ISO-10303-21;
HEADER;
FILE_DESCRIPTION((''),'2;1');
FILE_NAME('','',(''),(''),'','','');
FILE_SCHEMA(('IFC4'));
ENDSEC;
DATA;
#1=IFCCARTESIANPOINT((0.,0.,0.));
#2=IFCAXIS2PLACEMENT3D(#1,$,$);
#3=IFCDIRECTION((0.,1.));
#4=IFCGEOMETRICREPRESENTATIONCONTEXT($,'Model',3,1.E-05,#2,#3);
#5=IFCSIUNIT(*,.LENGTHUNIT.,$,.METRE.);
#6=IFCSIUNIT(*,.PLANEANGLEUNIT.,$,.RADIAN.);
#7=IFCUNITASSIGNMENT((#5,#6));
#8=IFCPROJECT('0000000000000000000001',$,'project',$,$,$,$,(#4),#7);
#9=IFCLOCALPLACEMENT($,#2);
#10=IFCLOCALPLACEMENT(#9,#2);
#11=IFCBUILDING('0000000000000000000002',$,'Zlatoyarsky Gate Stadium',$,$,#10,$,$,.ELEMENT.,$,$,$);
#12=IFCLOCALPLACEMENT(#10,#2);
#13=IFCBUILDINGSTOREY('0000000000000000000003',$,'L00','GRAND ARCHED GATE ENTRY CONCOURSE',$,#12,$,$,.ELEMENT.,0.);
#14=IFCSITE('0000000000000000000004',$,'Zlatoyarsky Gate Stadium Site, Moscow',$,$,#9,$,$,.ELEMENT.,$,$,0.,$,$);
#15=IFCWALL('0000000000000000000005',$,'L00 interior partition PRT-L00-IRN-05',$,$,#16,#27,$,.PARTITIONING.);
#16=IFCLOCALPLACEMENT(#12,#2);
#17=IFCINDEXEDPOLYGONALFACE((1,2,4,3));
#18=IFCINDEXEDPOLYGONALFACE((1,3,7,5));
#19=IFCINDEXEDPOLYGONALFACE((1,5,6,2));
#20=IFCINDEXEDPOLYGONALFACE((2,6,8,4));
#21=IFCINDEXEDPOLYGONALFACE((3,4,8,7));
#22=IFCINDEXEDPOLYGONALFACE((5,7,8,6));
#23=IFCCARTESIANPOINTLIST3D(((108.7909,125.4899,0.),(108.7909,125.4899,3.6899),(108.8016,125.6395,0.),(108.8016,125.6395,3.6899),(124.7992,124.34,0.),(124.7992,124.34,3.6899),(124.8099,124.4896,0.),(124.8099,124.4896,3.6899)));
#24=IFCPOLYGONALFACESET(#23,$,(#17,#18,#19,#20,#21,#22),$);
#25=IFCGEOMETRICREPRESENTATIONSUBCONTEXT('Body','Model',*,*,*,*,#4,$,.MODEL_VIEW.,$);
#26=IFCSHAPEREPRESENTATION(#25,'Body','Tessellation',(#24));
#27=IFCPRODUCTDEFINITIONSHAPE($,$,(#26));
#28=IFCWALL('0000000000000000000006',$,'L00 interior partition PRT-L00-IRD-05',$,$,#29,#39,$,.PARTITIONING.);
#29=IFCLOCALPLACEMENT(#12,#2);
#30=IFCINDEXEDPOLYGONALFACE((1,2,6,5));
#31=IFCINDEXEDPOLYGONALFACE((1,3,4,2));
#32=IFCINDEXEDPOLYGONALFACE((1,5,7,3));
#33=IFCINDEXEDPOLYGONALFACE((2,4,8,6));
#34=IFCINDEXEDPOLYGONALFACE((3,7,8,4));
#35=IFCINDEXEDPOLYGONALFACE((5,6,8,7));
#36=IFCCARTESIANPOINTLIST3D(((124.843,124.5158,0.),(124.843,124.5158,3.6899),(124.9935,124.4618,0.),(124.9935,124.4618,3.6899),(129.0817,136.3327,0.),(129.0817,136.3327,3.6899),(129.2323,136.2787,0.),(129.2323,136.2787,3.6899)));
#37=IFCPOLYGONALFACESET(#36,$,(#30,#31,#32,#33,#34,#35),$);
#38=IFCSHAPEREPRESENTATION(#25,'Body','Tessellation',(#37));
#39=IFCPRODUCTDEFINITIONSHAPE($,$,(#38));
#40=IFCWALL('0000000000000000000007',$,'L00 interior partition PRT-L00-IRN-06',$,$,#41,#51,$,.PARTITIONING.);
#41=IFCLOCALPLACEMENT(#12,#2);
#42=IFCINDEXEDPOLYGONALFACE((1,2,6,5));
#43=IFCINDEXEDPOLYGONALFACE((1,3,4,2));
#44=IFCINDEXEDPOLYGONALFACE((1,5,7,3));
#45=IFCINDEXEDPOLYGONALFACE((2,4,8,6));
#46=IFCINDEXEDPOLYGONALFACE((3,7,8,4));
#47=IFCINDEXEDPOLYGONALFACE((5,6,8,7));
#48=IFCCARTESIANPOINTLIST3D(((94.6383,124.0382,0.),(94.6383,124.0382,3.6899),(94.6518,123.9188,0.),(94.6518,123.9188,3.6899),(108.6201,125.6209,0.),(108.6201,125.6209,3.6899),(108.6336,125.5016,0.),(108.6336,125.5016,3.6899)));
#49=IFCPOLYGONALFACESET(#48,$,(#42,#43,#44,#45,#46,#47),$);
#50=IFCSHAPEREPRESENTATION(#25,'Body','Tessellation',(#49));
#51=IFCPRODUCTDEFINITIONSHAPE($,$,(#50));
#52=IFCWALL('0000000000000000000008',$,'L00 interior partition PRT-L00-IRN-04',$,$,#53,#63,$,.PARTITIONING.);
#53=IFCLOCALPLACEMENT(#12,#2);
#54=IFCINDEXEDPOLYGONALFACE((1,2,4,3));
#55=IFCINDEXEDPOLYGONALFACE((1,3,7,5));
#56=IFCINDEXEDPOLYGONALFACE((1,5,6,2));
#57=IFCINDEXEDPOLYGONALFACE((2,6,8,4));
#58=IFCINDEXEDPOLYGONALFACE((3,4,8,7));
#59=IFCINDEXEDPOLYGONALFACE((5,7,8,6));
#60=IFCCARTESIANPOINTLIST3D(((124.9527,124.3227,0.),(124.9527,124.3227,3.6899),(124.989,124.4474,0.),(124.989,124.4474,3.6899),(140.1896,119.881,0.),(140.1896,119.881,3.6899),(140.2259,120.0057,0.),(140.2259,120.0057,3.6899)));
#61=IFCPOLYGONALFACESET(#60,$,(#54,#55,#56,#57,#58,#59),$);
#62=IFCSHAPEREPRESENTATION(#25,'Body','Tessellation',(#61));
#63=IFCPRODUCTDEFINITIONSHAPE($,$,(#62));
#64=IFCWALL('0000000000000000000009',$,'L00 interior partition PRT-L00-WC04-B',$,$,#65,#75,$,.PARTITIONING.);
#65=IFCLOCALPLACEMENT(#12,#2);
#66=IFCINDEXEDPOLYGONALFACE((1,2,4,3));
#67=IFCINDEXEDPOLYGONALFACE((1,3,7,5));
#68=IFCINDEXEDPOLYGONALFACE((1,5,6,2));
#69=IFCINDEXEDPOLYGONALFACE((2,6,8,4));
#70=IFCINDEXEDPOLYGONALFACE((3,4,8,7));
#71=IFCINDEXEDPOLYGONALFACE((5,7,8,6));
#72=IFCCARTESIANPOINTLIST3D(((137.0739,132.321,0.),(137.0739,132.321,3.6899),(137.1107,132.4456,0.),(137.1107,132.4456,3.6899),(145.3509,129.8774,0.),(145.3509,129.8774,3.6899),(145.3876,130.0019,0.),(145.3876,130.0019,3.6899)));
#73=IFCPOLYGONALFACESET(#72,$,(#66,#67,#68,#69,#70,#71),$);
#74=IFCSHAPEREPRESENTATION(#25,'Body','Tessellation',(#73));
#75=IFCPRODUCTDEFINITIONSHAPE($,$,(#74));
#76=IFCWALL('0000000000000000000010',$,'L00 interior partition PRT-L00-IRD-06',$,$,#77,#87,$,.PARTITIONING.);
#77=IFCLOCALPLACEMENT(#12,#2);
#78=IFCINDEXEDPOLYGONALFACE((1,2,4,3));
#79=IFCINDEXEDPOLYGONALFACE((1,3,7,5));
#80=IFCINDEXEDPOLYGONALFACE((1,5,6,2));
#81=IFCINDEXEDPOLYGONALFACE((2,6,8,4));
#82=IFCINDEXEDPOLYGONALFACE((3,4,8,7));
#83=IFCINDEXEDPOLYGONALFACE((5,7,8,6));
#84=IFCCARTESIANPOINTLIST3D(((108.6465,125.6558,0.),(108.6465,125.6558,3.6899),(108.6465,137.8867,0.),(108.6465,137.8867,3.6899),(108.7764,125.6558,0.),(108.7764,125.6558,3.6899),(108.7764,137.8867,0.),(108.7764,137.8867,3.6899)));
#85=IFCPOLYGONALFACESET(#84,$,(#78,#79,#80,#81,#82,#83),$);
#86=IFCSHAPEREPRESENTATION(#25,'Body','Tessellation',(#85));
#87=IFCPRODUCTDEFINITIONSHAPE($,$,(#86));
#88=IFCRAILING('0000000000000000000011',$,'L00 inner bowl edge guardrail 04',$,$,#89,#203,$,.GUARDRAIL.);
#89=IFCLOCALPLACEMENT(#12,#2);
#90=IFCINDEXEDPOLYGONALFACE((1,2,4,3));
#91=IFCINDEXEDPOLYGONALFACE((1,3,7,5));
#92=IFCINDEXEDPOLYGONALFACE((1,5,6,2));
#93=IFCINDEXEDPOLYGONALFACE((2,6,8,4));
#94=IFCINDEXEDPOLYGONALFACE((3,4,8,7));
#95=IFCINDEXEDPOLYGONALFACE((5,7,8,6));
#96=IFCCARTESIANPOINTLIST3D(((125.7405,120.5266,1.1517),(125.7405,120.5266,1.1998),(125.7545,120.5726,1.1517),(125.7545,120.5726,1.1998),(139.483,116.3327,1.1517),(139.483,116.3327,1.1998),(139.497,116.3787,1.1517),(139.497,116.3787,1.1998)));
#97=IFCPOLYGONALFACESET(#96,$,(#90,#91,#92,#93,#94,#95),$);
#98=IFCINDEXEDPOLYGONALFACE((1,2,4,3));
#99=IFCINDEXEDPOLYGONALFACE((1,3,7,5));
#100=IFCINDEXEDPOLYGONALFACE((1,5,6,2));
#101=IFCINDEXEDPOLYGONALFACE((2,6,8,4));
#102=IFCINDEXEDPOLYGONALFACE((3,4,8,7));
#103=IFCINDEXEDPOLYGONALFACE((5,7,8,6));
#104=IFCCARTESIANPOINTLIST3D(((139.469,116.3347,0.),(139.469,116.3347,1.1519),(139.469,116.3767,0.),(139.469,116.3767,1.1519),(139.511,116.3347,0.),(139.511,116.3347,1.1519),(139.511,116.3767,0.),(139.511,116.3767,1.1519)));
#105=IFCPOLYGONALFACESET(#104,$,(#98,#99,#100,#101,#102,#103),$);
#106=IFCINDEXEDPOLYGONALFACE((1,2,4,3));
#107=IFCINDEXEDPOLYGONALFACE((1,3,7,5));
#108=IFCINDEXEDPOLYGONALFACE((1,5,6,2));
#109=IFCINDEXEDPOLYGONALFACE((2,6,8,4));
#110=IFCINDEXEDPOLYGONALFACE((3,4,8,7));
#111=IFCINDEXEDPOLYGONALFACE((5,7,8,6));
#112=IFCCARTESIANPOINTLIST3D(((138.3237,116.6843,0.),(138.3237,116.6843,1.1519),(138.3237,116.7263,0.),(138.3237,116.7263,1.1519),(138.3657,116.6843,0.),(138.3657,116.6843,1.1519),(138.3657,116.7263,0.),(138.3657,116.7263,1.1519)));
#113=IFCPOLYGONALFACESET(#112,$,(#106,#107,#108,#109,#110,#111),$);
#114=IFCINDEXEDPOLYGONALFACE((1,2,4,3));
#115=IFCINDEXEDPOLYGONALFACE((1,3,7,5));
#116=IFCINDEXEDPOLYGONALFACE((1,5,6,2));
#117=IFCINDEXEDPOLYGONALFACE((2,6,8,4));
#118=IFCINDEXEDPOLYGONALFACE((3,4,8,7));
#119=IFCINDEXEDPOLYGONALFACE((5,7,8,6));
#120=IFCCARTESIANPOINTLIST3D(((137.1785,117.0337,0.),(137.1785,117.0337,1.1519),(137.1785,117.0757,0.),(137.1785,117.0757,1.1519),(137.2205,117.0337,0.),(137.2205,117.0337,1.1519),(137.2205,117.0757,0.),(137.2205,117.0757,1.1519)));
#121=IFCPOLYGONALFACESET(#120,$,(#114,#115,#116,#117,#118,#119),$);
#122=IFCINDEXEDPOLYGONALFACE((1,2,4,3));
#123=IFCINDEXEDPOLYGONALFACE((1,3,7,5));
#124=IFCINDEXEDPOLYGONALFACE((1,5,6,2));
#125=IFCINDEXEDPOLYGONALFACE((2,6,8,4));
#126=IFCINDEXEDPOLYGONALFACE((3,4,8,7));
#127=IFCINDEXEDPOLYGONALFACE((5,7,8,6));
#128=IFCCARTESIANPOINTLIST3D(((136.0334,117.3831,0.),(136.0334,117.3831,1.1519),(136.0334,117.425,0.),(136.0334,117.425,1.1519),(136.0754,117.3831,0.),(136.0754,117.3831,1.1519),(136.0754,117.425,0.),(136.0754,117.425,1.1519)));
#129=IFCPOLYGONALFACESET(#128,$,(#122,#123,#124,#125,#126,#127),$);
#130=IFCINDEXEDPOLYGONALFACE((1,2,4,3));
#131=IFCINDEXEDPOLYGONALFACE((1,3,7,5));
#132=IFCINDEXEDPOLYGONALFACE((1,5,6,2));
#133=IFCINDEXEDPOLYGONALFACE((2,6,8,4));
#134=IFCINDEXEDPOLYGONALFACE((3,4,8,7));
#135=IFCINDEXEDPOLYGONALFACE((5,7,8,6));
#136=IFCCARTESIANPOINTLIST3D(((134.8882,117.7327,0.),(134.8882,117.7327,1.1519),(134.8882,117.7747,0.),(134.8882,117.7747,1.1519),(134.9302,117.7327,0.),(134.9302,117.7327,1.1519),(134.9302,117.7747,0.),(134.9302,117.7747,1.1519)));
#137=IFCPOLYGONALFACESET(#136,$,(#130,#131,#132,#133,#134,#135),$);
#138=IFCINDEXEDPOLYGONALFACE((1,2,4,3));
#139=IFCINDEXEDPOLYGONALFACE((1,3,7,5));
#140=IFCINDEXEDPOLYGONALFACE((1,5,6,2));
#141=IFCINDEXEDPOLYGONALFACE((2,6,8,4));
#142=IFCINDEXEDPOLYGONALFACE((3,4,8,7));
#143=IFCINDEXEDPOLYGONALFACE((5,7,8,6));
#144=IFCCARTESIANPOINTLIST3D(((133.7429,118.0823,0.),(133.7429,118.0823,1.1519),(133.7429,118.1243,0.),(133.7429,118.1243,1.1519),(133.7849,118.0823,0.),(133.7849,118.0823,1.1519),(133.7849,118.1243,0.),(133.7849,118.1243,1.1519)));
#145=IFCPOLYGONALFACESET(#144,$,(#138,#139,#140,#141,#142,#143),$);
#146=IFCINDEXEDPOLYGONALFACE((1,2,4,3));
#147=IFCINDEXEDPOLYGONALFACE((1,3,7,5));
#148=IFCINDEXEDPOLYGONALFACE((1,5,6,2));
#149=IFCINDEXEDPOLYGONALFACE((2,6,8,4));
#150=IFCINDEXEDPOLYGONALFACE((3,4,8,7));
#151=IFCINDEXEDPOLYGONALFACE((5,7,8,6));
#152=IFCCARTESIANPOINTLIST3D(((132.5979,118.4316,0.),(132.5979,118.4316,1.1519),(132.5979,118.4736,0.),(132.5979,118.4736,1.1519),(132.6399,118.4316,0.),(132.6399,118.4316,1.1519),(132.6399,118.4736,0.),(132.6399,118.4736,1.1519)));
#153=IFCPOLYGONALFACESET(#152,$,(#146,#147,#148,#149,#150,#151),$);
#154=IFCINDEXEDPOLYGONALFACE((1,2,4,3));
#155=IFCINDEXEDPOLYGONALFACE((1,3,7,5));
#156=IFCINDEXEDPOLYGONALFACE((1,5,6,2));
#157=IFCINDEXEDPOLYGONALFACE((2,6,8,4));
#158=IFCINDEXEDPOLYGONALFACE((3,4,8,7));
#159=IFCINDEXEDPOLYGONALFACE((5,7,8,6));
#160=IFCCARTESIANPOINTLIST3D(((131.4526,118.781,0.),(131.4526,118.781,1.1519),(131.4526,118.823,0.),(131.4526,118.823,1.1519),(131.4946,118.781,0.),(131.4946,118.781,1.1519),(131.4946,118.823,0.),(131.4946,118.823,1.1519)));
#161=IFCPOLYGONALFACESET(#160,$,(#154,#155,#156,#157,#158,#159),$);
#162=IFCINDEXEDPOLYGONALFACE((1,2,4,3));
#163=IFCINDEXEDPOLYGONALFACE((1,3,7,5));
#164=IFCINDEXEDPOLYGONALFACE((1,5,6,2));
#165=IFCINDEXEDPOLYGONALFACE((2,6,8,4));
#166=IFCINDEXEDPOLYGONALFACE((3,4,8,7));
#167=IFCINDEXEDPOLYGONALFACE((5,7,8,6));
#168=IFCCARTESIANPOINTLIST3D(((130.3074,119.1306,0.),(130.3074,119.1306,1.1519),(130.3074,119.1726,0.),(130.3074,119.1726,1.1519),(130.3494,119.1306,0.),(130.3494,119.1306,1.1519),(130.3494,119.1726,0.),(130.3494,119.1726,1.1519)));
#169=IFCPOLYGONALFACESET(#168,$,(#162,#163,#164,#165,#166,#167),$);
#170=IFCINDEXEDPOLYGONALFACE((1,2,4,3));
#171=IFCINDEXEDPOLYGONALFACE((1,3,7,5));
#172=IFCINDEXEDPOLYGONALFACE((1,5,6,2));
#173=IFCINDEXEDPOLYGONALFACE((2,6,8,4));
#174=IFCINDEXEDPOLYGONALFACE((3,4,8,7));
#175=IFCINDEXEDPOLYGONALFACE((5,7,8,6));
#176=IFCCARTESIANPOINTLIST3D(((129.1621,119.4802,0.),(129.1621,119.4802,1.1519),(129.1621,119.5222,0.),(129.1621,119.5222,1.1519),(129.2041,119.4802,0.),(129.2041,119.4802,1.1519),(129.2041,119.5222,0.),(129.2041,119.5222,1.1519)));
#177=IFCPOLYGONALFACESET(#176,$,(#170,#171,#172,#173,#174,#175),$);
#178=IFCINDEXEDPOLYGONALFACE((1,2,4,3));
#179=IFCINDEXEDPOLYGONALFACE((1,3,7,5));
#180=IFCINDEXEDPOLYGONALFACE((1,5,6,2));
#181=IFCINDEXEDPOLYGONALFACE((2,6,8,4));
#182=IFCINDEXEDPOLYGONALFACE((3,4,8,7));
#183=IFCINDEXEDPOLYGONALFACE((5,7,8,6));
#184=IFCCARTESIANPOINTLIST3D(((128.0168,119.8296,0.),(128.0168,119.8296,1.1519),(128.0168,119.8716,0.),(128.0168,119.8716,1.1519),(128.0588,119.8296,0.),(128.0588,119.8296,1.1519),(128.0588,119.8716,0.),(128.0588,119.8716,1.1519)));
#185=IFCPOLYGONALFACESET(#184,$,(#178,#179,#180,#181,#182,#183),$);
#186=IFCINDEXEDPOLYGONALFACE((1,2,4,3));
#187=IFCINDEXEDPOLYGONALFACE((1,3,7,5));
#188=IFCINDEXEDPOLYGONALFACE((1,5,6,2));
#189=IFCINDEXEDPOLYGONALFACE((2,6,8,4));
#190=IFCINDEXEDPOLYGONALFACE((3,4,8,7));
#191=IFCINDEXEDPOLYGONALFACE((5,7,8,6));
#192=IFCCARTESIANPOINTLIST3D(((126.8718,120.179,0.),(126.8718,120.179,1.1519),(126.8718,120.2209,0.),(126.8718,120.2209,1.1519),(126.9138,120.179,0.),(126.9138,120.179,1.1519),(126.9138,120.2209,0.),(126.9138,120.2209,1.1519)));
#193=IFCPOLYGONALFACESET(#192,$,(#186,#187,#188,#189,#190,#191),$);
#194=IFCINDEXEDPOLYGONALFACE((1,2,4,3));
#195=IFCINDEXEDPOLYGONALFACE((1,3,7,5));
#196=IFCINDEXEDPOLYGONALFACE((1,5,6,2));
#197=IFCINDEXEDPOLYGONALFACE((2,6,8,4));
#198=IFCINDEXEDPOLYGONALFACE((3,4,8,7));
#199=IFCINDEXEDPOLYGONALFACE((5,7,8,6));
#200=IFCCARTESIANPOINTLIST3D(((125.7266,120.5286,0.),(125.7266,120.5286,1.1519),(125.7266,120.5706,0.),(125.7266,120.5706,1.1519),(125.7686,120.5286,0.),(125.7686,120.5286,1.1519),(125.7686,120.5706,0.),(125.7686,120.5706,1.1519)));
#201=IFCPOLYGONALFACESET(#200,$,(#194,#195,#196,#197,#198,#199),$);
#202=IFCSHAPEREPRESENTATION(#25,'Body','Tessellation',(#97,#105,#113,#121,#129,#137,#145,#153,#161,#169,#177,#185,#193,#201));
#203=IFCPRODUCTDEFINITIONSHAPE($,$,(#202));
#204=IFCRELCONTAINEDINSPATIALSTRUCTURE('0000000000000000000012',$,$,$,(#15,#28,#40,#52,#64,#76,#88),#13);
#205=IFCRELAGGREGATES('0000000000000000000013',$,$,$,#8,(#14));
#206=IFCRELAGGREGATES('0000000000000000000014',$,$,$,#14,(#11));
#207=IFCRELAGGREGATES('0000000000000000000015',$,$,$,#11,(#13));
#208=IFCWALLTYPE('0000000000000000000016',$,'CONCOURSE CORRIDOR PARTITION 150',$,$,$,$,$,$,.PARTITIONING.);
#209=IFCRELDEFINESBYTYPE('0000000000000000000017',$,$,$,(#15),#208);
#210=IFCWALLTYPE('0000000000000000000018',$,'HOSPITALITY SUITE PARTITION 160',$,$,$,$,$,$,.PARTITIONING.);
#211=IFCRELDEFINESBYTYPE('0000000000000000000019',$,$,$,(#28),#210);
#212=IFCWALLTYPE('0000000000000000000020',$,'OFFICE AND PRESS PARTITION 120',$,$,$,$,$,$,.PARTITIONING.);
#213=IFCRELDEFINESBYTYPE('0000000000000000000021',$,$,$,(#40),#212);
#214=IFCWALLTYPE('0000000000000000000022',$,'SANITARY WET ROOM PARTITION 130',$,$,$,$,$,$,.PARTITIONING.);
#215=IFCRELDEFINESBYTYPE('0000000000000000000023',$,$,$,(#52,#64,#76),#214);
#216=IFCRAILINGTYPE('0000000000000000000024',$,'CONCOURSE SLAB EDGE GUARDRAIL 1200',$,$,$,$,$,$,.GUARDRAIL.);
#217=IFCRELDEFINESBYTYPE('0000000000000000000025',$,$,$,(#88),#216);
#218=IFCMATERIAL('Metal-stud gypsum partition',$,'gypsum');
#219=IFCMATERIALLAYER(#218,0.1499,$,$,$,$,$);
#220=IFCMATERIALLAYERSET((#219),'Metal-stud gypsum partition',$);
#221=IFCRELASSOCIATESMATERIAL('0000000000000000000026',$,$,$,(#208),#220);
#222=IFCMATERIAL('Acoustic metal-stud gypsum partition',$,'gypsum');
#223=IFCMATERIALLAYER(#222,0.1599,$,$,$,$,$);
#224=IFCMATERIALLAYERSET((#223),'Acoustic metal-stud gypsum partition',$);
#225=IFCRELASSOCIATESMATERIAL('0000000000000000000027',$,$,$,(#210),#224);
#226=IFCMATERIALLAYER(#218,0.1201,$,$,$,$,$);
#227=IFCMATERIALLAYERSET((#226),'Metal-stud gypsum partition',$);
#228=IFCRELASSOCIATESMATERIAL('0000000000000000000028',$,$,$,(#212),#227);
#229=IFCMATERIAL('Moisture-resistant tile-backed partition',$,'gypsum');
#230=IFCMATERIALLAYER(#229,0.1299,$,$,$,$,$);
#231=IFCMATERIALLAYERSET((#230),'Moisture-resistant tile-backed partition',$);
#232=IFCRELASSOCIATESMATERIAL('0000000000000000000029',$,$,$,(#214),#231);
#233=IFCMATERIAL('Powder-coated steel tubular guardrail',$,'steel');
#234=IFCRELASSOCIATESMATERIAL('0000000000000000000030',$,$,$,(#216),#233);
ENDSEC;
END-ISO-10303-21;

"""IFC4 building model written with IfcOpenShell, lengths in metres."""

from ifc_helpers import new_model, si_unit, direction, frame, frame_2d, origin, origin_2d, place, context, subcontext, project, spatial, rectangle, extrude, material, layer, layer_set, type_object, element, save


model = new_model("IFC4")

# Units and contexts
model_context = context("Model", 3, precision=1e-05, world=origin(), true_north=direction((0.0, 1.0)))
body_context = subcontext(model_context, "Body", "Model", "MODEL_VIEW")
ifc_project = project(units=[si_unit("LENGTHUNIT", "METRE"), si_unit("PLANEANGLEUNIT", "RADIAN")], contexts=[model_context])

# Site, building, storey
site_placement = place(None, origin())
site = spatial("IfcSite", under=ifc_project, at=site_placement, Name="Zlatoyarsky Gate Stadium Site, Moscow", CompositionType="ELEMENT", RefElevation=0.0)
building_placement = place(site_placement, origin())
building = spatial("IfcBuilding", under=site, at=building_placement, Name="Zlatoyarsky Gate Stadium", CompositionType="ELEMENT")
storey_placement = place(building_placement, origin())
storey = spatial("IfcBuildingStorey", under=building, at=storey_placement, Name="L00", Description="GRAND ARCHED GATE ENTRY CONCOURSE", CompositionType="ELEMENT", Elevation=0.0)

# Walls
ifc_material_1 = material(Name="Metal-stud gypsum partition", Category="gypsum")
ifc_layer_1 = layer(ifc_material_1, 0.1499)
ifc_layer_set_1 = layer_set([ifc_layer_1], Name="Metal-stud gypsum partition")
wall_type_1 = type_object("IfcWallType", Name="CONCOURSE CORRIDOR PARTITION 150", PredefinedType="PARTITIONING", material=ifc_layer_set_1)
wall_1_placement = place(storey_placement, frame((124.8047, 124.4148, 0.0), z_axis=(0.0, 0.0, 1.0), x_axis=(-0.99743, 0.071647, 0.0)))
element("IfcWall", 1, at=wall_1_placement, inside=storey, type_object=wall_type_1, Name="L00 interior partition PRT-L00-IRN-05", PredefinedType="PARTITIONING", context=body_context, shape_type="SweptSolid", body=[
    extrude(rectangle(XDim=16.0496, YDim=0.1499, at=frame_2d((8.0249, 0.0))), origin(), (0.0, 0.0, 1.0), 3.6899),
])
ifc_material_2 = material(Name="Acoustic metal-stud gypsum partition", Category="gypsum")
ifc_layer_2 = layer(ifc_material_2, 0.1599)
ifc_layer_set_2 = layer_set([ifc_layer_2], Name="Acoustic metal-stud gypsum partition")
wall_type_2 = type_object("IfcWallType", Name="HOSPITALITY SUITE PARTITION 160", PredefinedType="PARTITIONING", material=ifc_layer_set_2)
wall_2_placement = place(storey_placement, frame((124.9182, 124.4888, 0.0), z_axis=(0.0, 0.0, 1.0), x_axis=(0.337639, 0.941276, 0.0)))
element("IfcWall", 2, at=wall_2_placement, inside=storey, type_object=wall_type_2, Name="L00 interior partition PRT-L00-IRD-05", PredefinedType="PARTITIONING", context=body_context, shape_type="SweptSolid", body=[
    extrude(rectangle(XDim=12.5542, YDim=0.1599, at=frame_2d((6.2771, 0.0))), origin(), (0.0, 0.0, 1.0), 3.6899),
])
ifc_layer_3 = layer(ifc_material_1, 0.1201)
ifc_layer_set_3 = layer_set([ifc_layer_3], Name="Metal-stud gypsum partition")
wall_type_3 = type_object("IfcWallType", Name="OFFICE AND PRESS PARTITION 120", PredefinedType="PARTITIONING", material=ifc_layer_set_3)
wall_3_placement = place(storey_placement, frame((108.627, 125.5613, 0.0), z_axis=(0.0, 0.0, 1.0), x_axis=(-0.993654, -0.112484, 0.0)))
element("IfcWall", 3, at=wall_3_placement, inside=storey, type_object=wall_type_3, Name="L00 interior partition PRT-L00-IRN-06", PredefinedType="PARTITIONING", context=body_context, shape_type="SweptSolid", body=[
    extrude(rectangle(XDim=14.071, YDim=0.1201, at=frame_2d((7.0356, 0.0))), origin(), (0.0, 0.0, 1.0), 3.6899),
])
ifc_material_3 = material(Name="Moisture-resistant tile-backed partition", Category="gypsum")
ifc_layer_4 = layer(ifc_material_3, 0.1299)
ifc_layer_set_4 = layer_set([ifc_layer_4], Name="Moisture-resistant tile-backed partition")
wall_type_4 = type_object("IfcWallType", Name="SANITARY WET ROOM PARTITION 130", PredefinedType="PARTITIONING", material=ifc_layer_set_4)
wall_4_placement = place(storey_placement, frame((140.2078, 119.9434, 0.0), z_axis=(0.0, 0.0, 1.0), x_axis=(-0.960041, 0.279859, 0.0)))
element("IfcWall", 4, at=wall_4_placement, inside=storey, type_object=wall_type_4, Name="L00 interior partition PRT-L00-IRN-04", PredefinedType="PARTITIONING", context=body_context, shape_type="SweptSolid", body=[
    extrude(rectangle(XDim=15.8711, YDim=0.1299, at=frame_2d((7.9355, 0.0))), origin(), (0.0, 0.0, 1.0), 3.6899),
])
wall_5_placement = place(storey_placement, frame((145.3691, 129.9397, 0.0), z_axis=(0.0, 0.0, 1.0), x_axis=(-0.959075, 0.283151, 0.0)))
element("IfcWall", 5, at=wall_5_placement, inside=storey, type_object=wall_type_4, Name="L00 interior partition PRT-L00-WC04-B", PredefinedType="PARTITIONING", context=body_context, shape_type="SweptSolid", body=[
    extrude(rectangle(XDim=8.6301, YDim=0.1299, at=frame_2d((4.3149, 0.0))), origin(), (0.0, 0.0, 1.0), 3.6899),
])
wall_6_placement = place(storey_placement, frame((108.7114, 125.6558, 0.0), z_axis=(0.0, 0.0, 1.0), x_axis=(0.0, 1.0, 0.0)))
element("IfcWall", 6, at=wall_6_placement, inside=storey, type_object=wall_type_4, Name="L00 interior partition PRT-L00-IRD-06", PredefinedType="PARTITIONING", context=body_context, shape_type="SweptSolid", body=[
    extrude(rectangle(XDim=12.231, YDim=0.1299, at=frame_2d((6.1155, 0.0))), origin(), (0.0, 0.0, 1.0), 3.6899),
])

# Railing
ifc_material_4 = material(Name="Powder-coated steel tubular guardrail", Category="steel")
railing_type = type_object("IfcRailingType", Name="CONCOURSE SLAB EDGE GUARDRAIL 1200", PredefinedType="GUARDRAIL", material=ifc_material_4)
railing_1_placement = place(storey_placement, frame((139.49, 116.3557, 0.0)))
element("IfcRailing", 7, at=railing_1_placement, inside=storey, type_object=railing_type, Name="L00 inner bowl edge guardrail 04", PredefinedType="GUARDRAIL", context=body_context, shape_type="SweptSolid", body=[
    extrude(rectangle(XDim=0.0481, YDim=0.0481, at=origin_2d()), frame((0.0, 0.0, 1.1758), z_axis=(-0.956453, 0.291886, 0.0), x_axis=(-0.291886, -0.956453, 0.0)), (0.0, 0.0, 1.0), 14.3682),
    extrude(rectangle(XDim=0.042, YDim=0.042, at=origin_2d()), origin(), (0.0, 0.0, 1.0), 1.1519),
    extrude(rectangle(XDim=0.042, YDim=0.042, at=origin_2d()), frame((-1.1453, 0.3496, 0.0)), (0.0, 0.0, 1.0), 1.1519),
    extrude(rectangle(XDim=0.042, YDim=0.042, at=origin_2d()), frame((-2.2905, 0.699, 0.0)), (0.0, 0.0, 1.0), 1.1519),
    extrude(rectangle(XDim=0.042, YDim=0.042, at=origin_2d()), frame((-3.4355, 1.0483, 0.0)), (0.0, 0.0, 1.0), 1.1519),
    extrude(rectangle(XDim=0.042, YDim=0.042, at=origin_2d()), frame((-4.5808, 1.3979, 0.0)), (0.0, 0.0, 1.0), 1.1519),
    extrude(rectangle(XDim=0.042, YDim=0.042, at=origin_2d()), frame((-5.7261, 1.7476, 0.0)), (0.0, 0.0, 1.0), 1.1519),
    extrude(rectangle(XDim=0.042, YDim=0.042, at=origin_2d()), frame((-6.8711, 2.0969, 0.0)), (0.0, 0.0, 1.0), 1.1519),
    extrude(rectangle(XDim=0.042, YDim=0.042, at=origin_2d()), frame((-8.0164, 2.4463, 0.0)), (0.0, 0.0, 1.0), 1.1519),
    extrude(rectangle(XDim=0.042, YDim=0.042, at=origin_2d()), frame((-9.1616, 2.7959, 0.0)), (0.0, 0.0, 1.0), 1.1519),
    extrude(rectangle(XDim=0.042, YDim=0.042, at=origin_2d()), frame((-10.3069, 3.1455, 0.0)), (0.0, 0.0, 1.0), 1.1519),
    extrude(rectangle(XDim=0.042, YDim=0.042, at=origin_2d()), frame((-11.4521, 3.4949, 0.0)), (0.0, 0.0, 1.0), 1.1519),
    extrude(rectangle(XDim=0.042, YDim=0.042, at=origin_2d()), frame((-12.5972, 3.8442, 0.0)), (0.0, 0.0, 1.0), 1.1519),
    extrude(rectangle(XDim=0.042, YDim=0.042, at=origin_2d()), frame((-13.7424, 4.1938, 0.0)), (0.0, 0.0, 1.0), 1.1519),
])

save(model, "model.ifc")
